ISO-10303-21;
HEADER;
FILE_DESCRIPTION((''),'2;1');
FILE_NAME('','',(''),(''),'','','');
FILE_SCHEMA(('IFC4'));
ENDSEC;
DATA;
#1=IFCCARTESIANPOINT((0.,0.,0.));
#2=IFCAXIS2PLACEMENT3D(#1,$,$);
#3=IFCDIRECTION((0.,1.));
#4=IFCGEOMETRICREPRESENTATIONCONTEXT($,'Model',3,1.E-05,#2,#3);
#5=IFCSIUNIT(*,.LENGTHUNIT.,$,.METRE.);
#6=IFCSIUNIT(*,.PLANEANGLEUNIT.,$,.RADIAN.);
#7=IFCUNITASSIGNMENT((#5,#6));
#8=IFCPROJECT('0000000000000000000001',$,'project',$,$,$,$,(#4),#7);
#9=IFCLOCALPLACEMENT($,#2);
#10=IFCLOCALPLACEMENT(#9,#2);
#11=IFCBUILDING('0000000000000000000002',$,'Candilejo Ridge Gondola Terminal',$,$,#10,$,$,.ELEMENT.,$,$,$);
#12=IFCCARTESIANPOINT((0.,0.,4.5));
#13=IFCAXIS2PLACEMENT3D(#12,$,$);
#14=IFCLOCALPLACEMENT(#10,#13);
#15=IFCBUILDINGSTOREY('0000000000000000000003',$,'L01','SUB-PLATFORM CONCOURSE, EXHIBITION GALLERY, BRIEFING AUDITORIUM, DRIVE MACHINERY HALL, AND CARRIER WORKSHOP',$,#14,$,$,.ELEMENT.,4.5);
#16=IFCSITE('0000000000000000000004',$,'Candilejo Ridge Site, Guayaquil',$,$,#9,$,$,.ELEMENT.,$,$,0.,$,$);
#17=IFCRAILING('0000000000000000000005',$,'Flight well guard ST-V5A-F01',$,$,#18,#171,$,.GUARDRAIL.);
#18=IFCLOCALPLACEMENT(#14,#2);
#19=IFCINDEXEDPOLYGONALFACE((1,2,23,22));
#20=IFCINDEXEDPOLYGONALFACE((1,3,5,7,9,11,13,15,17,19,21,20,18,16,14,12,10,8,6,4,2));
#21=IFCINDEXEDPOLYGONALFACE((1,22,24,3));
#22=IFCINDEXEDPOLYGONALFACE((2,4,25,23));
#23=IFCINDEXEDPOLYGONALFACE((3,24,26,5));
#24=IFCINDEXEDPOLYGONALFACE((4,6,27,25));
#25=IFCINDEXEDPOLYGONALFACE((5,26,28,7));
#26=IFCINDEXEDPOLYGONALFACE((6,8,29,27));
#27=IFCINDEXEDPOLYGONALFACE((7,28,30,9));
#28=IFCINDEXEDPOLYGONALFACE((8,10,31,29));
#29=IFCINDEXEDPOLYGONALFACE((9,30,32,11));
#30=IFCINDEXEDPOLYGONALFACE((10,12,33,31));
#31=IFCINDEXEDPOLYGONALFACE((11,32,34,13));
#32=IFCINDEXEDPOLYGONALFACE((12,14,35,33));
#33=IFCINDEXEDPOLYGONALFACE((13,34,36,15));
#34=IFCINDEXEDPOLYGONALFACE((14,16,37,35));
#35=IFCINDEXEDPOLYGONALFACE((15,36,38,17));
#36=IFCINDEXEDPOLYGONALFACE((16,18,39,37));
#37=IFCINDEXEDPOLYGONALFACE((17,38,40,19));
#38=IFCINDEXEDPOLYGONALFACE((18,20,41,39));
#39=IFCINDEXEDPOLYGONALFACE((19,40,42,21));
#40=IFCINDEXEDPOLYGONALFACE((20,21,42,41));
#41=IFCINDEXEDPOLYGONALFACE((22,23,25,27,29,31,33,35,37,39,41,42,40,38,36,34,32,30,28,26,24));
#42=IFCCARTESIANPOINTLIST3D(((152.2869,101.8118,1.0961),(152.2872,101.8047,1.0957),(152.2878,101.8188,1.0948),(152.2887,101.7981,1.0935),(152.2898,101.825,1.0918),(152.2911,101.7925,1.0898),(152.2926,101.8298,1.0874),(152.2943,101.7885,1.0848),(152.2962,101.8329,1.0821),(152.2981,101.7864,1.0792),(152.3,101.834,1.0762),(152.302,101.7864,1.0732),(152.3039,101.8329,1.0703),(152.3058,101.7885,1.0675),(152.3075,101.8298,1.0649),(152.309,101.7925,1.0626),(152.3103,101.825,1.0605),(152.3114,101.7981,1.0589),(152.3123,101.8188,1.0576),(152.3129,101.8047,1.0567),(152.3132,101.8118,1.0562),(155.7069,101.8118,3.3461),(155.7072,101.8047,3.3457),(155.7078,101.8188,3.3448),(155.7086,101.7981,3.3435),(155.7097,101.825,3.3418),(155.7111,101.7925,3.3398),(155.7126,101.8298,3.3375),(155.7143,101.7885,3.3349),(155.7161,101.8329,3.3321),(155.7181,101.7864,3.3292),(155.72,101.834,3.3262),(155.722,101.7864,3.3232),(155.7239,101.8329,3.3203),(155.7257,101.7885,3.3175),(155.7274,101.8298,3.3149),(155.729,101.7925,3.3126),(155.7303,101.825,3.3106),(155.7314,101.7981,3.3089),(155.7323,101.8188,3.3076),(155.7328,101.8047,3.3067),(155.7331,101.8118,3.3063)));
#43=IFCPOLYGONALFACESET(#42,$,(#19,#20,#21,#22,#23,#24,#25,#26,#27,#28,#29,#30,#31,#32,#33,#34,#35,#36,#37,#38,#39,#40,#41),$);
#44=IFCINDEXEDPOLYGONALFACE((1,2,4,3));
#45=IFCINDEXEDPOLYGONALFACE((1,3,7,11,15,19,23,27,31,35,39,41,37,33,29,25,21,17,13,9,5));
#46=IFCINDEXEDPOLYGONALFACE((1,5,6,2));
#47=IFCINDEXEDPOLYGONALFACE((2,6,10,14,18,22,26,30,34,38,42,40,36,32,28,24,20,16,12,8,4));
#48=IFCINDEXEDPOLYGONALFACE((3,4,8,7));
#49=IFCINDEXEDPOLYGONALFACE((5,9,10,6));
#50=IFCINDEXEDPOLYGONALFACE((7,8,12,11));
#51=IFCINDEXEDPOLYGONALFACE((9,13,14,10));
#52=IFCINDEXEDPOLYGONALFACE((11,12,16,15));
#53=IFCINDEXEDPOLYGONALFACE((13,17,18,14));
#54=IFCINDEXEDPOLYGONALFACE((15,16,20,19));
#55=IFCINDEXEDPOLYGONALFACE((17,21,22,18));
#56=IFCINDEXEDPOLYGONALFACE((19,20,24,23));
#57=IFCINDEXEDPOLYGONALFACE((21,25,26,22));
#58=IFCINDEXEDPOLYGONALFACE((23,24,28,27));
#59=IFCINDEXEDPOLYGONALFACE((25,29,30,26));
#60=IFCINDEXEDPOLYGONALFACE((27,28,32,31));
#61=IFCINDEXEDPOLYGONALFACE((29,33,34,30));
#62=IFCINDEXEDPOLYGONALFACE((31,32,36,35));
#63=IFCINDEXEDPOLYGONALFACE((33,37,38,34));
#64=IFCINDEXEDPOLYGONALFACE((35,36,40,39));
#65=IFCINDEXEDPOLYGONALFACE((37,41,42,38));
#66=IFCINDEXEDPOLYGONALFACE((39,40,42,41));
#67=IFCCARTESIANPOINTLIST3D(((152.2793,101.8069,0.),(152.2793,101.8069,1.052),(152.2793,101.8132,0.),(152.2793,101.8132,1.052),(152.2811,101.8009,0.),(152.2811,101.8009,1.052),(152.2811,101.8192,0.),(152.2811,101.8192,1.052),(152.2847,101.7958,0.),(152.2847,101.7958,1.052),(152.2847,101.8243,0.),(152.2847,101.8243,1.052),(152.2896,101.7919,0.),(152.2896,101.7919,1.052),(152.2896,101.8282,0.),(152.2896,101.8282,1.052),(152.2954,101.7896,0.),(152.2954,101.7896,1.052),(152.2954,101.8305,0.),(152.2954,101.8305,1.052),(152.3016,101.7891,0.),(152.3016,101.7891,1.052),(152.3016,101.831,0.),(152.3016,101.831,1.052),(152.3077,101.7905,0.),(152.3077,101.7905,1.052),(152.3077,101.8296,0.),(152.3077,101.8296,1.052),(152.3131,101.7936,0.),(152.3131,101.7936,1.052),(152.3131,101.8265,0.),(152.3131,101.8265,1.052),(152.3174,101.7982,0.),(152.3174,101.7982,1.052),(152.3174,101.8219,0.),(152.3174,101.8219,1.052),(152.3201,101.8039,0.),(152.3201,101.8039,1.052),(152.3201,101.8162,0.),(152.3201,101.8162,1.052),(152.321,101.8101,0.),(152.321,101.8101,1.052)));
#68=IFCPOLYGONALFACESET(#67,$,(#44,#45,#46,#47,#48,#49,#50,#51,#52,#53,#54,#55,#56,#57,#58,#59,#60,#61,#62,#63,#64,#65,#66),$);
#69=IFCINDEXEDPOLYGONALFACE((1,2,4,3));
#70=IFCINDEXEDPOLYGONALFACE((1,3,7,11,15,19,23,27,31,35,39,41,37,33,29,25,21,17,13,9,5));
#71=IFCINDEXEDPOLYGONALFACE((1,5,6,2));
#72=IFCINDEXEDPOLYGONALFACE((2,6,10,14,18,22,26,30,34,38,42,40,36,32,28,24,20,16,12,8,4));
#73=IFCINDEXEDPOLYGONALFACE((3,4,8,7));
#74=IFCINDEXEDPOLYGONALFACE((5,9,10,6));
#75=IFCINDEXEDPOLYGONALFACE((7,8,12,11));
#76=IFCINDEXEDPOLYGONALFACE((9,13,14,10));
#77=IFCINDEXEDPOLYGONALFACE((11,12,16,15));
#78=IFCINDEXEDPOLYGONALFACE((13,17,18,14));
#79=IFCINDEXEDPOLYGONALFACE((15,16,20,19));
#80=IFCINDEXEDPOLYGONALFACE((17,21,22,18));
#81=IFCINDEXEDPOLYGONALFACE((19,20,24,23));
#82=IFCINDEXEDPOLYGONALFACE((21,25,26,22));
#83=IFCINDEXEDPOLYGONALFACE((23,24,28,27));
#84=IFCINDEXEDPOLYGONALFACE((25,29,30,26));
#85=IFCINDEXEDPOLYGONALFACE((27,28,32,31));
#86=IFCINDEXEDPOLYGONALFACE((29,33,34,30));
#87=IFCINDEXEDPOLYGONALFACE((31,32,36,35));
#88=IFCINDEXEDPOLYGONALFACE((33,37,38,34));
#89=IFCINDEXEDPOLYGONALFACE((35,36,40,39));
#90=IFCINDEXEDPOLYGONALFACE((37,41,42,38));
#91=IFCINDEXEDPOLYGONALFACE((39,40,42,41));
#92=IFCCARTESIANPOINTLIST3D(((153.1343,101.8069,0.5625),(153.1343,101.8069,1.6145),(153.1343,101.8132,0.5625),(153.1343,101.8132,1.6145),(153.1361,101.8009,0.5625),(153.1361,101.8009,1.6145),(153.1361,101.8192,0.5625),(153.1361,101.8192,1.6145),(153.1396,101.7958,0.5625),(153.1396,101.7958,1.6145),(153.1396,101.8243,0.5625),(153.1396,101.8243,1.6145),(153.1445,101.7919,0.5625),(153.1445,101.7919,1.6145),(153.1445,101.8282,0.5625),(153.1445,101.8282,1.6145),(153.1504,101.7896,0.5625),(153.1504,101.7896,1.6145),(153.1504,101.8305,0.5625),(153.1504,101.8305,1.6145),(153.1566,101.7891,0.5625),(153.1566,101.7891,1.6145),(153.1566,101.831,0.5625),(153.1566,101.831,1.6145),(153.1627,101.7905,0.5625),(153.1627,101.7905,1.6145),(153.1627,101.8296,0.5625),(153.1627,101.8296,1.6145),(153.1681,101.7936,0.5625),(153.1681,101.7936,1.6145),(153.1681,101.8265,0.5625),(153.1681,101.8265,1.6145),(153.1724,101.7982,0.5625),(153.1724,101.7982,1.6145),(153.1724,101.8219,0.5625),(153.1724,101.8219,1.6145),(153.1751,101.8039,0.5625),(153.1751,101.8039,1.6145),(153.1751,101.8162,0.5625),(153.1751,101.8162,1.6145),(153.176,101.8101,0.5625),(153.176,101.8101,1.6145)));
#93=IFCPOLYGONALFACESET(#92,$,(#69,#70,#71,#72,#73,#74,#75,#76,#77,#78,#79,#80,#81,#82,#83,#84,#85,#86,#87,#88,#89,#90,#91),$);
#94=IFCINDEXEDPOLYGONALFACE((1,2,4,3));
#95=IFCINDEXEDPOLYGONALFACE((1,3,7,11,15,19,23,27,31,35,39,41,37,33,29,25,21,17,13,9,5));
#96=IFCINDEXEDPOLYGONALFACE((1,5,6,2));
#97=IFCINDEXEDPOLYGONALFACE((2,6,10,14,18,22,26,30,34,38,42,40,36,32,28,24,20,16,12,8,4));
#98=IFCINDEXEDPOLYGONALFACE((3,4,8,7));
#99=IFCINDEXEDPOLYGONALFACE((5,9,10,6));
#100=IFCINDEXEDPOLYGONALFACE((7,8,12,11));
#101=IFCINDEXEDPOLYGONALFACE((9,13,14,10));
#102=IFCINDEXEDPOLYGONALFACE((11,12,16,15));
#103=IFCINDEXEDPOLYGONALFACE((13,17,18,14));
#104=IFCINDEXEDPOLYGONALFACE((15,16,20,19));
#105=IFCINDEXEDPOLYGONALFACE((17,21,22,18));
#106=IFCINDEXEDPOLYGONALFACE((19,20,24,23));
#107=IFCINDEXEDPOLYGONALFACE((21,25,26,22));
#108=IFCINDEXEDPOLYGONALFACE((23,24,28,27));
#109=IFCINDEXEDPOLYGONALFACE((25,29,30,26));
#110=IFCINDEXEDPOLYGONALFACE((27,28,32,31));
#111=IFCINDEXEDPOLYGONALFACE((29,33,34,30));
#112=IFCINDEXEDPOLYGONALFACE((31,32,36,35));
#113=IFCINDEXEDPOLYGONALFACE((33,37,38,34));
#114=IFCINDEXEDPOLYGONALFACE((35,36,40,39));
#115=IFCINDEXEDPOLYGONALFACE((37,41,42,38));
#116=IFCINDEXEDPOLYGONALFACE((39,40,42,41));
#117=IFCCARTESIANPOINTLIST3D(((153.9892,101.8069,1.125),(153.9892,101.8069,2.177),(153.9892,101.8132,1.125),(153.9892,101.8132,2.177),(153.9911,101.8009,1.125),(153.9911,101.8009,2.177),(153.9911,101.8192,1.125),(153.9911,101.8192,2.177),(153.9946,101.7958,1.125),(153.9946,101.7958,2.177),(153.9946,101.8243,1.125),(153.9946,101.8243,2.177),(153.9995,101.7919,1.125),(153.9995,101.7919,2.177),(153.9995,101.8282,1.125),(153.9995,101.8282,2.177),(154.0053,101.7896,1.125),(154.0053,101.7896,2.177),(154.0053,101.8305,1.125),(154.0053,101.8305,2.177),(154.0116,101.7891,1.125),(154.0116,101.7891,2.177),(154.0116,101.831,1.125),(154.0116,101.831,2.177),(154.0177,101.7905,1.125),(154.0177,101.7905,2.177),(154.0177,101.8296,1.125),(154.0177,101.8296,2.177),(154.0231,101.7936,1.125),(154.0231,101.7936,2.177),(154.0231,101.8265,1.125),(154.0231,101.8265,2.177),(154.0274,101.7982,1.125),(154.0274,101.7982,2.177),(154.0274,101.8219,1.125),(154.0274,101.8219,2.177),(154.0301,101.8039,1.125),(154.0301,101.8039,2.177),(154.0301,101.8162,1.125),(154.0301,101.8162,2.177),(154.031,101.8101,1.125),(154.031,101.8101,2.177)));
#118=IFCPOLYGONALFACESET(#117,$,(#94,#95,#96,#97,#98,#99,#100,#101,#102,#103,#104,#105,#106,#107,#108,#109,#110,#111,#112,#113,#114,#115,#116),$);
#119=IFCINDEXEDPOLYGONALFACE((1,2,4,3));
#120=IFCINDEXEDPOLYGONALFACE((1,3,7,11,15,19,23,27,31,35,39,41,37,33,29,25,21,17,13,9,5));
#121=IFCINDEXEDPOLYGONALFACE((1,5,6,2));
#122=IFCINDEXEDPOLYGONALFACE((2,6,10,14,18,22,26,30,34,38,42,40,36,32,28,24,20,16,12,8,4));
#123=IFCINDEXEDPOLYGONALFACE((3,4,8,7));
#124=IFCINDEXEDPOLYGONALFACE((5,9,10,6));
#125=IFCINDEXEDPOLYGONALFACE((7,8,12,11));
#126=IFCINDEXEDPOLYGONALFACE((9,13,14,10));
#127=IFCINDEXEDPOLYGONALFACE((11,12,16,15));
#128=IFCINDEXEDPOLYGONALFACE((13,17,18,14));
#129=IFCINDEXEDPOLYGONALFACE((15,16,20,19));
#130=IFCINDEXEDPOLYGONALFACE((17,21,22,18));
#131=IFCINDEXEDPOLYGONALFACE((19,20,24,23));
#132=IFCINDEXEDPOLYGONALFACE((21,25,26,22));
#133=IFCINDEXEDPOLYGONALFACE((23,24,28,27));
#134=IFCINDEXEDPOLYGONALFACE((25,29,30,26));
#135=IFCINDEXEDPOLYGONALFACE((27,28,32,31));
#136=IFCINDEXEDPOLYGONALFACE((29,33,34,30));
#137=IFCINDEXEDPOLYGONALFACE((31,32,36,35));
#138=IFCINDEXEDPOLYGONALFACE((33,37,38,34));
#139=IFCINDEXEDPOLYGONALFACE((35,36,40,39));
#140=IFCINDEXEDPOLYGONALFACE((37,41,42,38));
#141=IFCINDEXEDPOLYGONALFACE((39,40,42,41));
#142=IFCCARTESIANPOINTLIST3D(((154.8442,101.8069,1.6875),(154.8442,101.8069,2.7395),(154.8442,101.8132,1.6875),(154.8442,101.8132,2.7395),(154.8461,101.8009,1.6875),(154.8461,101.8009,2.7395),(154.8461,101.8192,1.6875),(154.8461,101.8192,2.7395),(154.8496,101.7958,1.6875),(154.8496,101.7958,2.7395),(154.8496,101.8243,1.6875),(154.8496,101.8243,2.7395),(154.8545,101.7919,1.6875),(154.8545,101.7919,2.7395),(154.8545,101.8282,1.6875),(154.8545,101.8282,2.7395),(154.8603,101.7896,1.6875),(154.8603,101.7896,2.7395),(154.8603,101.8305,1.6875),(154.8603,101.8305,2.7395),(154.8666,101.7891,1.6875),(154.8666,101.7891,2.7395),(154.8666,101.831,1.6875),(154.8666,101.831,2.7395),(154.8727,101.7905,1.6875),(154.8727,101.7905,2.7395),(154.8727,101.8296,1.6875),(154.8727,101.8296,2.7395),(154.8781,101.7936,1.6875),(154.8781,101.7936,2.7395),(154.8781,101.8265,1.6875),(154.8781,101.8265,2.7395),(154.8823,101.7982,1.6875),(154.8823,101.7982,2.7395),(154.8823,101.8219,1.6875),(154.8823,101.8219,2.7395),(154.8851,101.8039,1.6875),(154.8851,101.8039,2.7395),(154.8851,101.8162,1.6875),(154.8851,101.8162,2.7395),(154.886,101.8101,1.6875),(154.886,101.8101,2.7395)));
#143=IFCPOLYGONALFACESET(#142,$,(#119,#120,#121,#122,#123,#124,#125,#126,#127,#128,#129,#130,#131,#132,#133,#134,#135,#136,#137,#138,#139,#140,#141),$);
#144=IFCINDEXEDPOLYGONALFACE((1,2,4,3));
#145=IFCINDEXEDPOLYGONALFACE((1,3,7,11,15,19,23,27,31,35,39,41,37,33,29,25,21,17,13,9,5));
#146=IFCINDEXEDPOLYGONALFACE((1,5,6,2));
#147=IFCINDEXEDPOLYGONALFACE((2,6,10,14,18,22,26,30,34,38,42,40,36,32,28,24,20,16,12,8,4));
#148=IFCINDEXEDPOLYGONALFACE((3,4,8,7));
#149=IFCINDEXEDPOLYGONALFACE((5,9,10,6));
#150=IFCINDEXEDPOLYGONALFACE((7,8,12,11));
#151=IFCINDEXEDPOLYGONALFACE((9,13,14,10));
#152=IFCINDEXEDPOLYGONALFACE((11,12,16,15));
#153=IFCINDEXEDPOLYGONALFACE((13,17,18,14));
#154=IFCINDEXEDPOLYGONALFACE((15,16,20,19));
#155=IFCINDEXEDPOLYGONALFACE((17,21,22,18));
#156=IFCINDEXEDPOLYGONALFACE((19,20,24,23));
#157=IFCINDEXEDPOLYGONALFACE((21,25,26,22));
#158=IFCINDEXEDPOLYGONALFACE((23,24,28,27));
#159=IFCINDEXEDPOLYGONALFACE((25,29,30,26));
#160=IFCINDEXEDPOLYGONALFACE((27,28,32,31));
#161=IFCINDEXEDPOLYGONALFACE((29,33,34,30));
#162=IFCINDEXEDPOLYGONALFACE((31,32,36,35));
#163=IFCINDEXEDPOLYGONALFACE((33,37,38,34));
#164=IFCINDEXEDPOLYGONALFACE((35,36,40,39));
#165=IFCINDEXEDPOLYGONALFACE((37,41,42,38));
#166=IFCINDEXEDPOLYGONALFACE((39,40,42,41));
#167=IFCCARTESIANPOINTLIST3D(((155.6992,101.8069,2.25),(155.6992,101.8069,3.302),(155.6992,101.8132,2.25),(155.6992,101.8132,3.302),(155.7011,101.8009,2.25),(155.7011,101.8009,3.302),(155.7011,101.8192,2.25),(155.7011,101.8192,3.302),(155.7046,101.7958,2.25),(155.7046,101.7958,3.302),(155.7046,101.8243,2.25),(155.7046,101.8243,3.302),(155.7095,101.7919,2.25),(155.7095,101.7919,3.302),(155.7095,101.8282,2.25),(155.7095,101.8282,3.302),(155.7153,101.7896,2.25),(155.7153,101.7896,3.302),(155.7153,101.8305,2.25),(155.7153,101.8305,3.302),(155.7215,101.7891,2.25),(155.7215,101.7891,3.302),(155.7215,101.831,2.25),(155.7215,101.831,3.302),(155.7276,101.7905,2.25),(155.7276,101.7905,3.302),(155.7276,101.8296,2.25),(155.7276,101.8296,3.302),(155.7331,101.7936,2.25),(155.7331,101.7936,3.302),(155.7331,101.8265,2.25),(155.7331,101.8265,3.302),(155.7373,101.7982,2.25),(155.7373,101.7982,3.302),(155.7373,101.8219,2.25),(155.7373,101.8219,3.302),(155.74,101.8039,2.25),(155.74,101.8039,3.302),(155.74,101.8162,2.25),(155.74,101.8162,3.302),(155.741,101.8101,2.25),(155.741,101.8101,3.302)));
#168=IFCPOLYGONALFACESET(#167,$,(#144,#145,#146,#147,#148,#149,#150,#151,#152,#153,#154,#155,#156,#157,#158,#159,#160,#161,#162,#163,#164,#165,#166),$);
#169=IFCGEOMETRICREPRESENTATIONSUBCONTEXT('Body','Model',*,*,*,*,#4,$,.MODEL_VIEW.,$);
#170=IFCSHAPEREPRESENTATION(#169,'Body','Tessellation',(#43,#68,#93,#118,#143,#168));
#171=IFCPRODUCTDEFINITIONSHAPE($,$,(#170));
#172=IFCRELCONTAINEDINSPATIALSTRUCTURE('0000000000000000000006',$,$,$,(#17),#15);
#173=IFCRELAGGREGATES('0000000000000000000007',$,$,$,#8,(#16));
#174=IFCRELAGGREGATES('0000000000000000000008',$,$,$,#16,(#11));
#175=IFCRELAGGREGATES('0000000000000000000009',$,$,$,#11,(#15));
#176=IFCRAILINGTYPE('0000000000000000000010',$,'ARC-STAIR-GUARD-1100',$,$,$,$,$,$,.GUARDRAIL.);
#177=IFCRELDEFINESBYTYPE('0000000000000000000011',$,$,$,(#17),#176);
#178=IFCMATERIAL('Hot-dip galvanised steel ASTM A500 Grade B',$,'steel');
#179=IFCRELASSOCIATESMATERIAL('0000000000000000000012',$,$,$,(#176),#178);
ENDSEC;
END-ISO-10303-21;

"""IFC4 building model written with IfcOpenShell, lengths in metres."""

from ifc_helpers import new_model, si_unit, direction, frame, origin, origin_2d, place, context, subcontext, project, spatial, circle, extrude, material, type_object, element, save


model = new_model("IFC4")

# Units and contexts
model_context = context("Model", 3, precision=1e-05, world=origin(), true_north=direction((0.0, 1.0)))
body_context = subcontext(model_context, "Body", "Model", "MODEL_VIEW")
ifc_project = project(units=[si_unit("LENGTHUNIT", "METRE"), si_unit("PLANEANGLEUNIT", "RADIAN")], contexts=[model_context])

# Site, building, storey
site_placement = place(None, origin())
site = spatial("IfcSite", under=ifc_project, at=site_placement, Name="Candilejo Ridge Site, Guayaquil", CompositionType="ELEMENT", RefElevation=0.0)
building_placement = place(site_placement, origin())
building = spatial("IfcBuilding", under=site, at=building_placement, Name="Candilejo Ridge Gondola Terminal", CompositionType="ELEMENT")
storey_placement = place(building_placement, frame((0.0, 0.0, 4.5)))
storey = spatial("IfcBuildingStorey", under=building, at=storey_placement, Name="L01", Description="SUB-PLATFORM CONCOURSE, EXHIBITION GALLERY, BRIEFING AUDITORIUM, DRIVE MACHINERY HALL, AND CARRIER WORKSHOP", CompositionType="ELEMENT", Elevation=4.5)

# Railing
ifc_material_1 = material(Name="Hot-dip galvanised steel ASTM A500 Grade B", Category="steel")
railing_type_1 = type_object("IfcRailingType", Name="ARC-STAIR-GUARD-1100", PredefinedType="GUARDRAIL", material=ifc_material_1)
railing_1_placement = place(storey_placement, frame((152.3, 101.8101, 0.0)))
element("IfcRailing", 1, at=railing_1_placement, inside=storey, type_object=railing_type_1, Name="Flight well guard ST-V5A-F01", PredefinedType="GUARDRAIL", context=body_context, shape_type="SweptSolid", body=[
    extrude(circle(Radius=0.0239, at=origin_2d()), frame((0.0, 0.0, 1.0762), z_axis=(0.835411, 0.0, 0.549625), x_axis=(0.0, 1.0, 0.0)), (0.0, 0.0, 1.0), 4.0938),
    extrude(circle(Radius=0.021, at=origin_2d()), origin(), (0.0, 0.0, 1.0), 1.052),
    extrude(circle(Radius=0.021, at=origin_2d()), frame((0.855, 0.0, 0.5625)), (0.0, 0.0, 1.0), 1.052),
    extrude(circle(Radius=0.021, at=origin_2d()), frame((1.71, 0.0, 1.125)), (0.0, 0.0, 1.0), 1.052),
    extrude(circle(Radius=0.021, at=origin_2d()), frame((2.5649, 0.0, 1.6875)), (0.0, 0.0, 1.0), 1.052),
    extrude(circle(Radius=0.021, at=origin_2d()), frame((3.4199, 0.0, 2.25)), (0.0, 0.0, 1.0), 1.052),
])

save(model, "model.ifc")
